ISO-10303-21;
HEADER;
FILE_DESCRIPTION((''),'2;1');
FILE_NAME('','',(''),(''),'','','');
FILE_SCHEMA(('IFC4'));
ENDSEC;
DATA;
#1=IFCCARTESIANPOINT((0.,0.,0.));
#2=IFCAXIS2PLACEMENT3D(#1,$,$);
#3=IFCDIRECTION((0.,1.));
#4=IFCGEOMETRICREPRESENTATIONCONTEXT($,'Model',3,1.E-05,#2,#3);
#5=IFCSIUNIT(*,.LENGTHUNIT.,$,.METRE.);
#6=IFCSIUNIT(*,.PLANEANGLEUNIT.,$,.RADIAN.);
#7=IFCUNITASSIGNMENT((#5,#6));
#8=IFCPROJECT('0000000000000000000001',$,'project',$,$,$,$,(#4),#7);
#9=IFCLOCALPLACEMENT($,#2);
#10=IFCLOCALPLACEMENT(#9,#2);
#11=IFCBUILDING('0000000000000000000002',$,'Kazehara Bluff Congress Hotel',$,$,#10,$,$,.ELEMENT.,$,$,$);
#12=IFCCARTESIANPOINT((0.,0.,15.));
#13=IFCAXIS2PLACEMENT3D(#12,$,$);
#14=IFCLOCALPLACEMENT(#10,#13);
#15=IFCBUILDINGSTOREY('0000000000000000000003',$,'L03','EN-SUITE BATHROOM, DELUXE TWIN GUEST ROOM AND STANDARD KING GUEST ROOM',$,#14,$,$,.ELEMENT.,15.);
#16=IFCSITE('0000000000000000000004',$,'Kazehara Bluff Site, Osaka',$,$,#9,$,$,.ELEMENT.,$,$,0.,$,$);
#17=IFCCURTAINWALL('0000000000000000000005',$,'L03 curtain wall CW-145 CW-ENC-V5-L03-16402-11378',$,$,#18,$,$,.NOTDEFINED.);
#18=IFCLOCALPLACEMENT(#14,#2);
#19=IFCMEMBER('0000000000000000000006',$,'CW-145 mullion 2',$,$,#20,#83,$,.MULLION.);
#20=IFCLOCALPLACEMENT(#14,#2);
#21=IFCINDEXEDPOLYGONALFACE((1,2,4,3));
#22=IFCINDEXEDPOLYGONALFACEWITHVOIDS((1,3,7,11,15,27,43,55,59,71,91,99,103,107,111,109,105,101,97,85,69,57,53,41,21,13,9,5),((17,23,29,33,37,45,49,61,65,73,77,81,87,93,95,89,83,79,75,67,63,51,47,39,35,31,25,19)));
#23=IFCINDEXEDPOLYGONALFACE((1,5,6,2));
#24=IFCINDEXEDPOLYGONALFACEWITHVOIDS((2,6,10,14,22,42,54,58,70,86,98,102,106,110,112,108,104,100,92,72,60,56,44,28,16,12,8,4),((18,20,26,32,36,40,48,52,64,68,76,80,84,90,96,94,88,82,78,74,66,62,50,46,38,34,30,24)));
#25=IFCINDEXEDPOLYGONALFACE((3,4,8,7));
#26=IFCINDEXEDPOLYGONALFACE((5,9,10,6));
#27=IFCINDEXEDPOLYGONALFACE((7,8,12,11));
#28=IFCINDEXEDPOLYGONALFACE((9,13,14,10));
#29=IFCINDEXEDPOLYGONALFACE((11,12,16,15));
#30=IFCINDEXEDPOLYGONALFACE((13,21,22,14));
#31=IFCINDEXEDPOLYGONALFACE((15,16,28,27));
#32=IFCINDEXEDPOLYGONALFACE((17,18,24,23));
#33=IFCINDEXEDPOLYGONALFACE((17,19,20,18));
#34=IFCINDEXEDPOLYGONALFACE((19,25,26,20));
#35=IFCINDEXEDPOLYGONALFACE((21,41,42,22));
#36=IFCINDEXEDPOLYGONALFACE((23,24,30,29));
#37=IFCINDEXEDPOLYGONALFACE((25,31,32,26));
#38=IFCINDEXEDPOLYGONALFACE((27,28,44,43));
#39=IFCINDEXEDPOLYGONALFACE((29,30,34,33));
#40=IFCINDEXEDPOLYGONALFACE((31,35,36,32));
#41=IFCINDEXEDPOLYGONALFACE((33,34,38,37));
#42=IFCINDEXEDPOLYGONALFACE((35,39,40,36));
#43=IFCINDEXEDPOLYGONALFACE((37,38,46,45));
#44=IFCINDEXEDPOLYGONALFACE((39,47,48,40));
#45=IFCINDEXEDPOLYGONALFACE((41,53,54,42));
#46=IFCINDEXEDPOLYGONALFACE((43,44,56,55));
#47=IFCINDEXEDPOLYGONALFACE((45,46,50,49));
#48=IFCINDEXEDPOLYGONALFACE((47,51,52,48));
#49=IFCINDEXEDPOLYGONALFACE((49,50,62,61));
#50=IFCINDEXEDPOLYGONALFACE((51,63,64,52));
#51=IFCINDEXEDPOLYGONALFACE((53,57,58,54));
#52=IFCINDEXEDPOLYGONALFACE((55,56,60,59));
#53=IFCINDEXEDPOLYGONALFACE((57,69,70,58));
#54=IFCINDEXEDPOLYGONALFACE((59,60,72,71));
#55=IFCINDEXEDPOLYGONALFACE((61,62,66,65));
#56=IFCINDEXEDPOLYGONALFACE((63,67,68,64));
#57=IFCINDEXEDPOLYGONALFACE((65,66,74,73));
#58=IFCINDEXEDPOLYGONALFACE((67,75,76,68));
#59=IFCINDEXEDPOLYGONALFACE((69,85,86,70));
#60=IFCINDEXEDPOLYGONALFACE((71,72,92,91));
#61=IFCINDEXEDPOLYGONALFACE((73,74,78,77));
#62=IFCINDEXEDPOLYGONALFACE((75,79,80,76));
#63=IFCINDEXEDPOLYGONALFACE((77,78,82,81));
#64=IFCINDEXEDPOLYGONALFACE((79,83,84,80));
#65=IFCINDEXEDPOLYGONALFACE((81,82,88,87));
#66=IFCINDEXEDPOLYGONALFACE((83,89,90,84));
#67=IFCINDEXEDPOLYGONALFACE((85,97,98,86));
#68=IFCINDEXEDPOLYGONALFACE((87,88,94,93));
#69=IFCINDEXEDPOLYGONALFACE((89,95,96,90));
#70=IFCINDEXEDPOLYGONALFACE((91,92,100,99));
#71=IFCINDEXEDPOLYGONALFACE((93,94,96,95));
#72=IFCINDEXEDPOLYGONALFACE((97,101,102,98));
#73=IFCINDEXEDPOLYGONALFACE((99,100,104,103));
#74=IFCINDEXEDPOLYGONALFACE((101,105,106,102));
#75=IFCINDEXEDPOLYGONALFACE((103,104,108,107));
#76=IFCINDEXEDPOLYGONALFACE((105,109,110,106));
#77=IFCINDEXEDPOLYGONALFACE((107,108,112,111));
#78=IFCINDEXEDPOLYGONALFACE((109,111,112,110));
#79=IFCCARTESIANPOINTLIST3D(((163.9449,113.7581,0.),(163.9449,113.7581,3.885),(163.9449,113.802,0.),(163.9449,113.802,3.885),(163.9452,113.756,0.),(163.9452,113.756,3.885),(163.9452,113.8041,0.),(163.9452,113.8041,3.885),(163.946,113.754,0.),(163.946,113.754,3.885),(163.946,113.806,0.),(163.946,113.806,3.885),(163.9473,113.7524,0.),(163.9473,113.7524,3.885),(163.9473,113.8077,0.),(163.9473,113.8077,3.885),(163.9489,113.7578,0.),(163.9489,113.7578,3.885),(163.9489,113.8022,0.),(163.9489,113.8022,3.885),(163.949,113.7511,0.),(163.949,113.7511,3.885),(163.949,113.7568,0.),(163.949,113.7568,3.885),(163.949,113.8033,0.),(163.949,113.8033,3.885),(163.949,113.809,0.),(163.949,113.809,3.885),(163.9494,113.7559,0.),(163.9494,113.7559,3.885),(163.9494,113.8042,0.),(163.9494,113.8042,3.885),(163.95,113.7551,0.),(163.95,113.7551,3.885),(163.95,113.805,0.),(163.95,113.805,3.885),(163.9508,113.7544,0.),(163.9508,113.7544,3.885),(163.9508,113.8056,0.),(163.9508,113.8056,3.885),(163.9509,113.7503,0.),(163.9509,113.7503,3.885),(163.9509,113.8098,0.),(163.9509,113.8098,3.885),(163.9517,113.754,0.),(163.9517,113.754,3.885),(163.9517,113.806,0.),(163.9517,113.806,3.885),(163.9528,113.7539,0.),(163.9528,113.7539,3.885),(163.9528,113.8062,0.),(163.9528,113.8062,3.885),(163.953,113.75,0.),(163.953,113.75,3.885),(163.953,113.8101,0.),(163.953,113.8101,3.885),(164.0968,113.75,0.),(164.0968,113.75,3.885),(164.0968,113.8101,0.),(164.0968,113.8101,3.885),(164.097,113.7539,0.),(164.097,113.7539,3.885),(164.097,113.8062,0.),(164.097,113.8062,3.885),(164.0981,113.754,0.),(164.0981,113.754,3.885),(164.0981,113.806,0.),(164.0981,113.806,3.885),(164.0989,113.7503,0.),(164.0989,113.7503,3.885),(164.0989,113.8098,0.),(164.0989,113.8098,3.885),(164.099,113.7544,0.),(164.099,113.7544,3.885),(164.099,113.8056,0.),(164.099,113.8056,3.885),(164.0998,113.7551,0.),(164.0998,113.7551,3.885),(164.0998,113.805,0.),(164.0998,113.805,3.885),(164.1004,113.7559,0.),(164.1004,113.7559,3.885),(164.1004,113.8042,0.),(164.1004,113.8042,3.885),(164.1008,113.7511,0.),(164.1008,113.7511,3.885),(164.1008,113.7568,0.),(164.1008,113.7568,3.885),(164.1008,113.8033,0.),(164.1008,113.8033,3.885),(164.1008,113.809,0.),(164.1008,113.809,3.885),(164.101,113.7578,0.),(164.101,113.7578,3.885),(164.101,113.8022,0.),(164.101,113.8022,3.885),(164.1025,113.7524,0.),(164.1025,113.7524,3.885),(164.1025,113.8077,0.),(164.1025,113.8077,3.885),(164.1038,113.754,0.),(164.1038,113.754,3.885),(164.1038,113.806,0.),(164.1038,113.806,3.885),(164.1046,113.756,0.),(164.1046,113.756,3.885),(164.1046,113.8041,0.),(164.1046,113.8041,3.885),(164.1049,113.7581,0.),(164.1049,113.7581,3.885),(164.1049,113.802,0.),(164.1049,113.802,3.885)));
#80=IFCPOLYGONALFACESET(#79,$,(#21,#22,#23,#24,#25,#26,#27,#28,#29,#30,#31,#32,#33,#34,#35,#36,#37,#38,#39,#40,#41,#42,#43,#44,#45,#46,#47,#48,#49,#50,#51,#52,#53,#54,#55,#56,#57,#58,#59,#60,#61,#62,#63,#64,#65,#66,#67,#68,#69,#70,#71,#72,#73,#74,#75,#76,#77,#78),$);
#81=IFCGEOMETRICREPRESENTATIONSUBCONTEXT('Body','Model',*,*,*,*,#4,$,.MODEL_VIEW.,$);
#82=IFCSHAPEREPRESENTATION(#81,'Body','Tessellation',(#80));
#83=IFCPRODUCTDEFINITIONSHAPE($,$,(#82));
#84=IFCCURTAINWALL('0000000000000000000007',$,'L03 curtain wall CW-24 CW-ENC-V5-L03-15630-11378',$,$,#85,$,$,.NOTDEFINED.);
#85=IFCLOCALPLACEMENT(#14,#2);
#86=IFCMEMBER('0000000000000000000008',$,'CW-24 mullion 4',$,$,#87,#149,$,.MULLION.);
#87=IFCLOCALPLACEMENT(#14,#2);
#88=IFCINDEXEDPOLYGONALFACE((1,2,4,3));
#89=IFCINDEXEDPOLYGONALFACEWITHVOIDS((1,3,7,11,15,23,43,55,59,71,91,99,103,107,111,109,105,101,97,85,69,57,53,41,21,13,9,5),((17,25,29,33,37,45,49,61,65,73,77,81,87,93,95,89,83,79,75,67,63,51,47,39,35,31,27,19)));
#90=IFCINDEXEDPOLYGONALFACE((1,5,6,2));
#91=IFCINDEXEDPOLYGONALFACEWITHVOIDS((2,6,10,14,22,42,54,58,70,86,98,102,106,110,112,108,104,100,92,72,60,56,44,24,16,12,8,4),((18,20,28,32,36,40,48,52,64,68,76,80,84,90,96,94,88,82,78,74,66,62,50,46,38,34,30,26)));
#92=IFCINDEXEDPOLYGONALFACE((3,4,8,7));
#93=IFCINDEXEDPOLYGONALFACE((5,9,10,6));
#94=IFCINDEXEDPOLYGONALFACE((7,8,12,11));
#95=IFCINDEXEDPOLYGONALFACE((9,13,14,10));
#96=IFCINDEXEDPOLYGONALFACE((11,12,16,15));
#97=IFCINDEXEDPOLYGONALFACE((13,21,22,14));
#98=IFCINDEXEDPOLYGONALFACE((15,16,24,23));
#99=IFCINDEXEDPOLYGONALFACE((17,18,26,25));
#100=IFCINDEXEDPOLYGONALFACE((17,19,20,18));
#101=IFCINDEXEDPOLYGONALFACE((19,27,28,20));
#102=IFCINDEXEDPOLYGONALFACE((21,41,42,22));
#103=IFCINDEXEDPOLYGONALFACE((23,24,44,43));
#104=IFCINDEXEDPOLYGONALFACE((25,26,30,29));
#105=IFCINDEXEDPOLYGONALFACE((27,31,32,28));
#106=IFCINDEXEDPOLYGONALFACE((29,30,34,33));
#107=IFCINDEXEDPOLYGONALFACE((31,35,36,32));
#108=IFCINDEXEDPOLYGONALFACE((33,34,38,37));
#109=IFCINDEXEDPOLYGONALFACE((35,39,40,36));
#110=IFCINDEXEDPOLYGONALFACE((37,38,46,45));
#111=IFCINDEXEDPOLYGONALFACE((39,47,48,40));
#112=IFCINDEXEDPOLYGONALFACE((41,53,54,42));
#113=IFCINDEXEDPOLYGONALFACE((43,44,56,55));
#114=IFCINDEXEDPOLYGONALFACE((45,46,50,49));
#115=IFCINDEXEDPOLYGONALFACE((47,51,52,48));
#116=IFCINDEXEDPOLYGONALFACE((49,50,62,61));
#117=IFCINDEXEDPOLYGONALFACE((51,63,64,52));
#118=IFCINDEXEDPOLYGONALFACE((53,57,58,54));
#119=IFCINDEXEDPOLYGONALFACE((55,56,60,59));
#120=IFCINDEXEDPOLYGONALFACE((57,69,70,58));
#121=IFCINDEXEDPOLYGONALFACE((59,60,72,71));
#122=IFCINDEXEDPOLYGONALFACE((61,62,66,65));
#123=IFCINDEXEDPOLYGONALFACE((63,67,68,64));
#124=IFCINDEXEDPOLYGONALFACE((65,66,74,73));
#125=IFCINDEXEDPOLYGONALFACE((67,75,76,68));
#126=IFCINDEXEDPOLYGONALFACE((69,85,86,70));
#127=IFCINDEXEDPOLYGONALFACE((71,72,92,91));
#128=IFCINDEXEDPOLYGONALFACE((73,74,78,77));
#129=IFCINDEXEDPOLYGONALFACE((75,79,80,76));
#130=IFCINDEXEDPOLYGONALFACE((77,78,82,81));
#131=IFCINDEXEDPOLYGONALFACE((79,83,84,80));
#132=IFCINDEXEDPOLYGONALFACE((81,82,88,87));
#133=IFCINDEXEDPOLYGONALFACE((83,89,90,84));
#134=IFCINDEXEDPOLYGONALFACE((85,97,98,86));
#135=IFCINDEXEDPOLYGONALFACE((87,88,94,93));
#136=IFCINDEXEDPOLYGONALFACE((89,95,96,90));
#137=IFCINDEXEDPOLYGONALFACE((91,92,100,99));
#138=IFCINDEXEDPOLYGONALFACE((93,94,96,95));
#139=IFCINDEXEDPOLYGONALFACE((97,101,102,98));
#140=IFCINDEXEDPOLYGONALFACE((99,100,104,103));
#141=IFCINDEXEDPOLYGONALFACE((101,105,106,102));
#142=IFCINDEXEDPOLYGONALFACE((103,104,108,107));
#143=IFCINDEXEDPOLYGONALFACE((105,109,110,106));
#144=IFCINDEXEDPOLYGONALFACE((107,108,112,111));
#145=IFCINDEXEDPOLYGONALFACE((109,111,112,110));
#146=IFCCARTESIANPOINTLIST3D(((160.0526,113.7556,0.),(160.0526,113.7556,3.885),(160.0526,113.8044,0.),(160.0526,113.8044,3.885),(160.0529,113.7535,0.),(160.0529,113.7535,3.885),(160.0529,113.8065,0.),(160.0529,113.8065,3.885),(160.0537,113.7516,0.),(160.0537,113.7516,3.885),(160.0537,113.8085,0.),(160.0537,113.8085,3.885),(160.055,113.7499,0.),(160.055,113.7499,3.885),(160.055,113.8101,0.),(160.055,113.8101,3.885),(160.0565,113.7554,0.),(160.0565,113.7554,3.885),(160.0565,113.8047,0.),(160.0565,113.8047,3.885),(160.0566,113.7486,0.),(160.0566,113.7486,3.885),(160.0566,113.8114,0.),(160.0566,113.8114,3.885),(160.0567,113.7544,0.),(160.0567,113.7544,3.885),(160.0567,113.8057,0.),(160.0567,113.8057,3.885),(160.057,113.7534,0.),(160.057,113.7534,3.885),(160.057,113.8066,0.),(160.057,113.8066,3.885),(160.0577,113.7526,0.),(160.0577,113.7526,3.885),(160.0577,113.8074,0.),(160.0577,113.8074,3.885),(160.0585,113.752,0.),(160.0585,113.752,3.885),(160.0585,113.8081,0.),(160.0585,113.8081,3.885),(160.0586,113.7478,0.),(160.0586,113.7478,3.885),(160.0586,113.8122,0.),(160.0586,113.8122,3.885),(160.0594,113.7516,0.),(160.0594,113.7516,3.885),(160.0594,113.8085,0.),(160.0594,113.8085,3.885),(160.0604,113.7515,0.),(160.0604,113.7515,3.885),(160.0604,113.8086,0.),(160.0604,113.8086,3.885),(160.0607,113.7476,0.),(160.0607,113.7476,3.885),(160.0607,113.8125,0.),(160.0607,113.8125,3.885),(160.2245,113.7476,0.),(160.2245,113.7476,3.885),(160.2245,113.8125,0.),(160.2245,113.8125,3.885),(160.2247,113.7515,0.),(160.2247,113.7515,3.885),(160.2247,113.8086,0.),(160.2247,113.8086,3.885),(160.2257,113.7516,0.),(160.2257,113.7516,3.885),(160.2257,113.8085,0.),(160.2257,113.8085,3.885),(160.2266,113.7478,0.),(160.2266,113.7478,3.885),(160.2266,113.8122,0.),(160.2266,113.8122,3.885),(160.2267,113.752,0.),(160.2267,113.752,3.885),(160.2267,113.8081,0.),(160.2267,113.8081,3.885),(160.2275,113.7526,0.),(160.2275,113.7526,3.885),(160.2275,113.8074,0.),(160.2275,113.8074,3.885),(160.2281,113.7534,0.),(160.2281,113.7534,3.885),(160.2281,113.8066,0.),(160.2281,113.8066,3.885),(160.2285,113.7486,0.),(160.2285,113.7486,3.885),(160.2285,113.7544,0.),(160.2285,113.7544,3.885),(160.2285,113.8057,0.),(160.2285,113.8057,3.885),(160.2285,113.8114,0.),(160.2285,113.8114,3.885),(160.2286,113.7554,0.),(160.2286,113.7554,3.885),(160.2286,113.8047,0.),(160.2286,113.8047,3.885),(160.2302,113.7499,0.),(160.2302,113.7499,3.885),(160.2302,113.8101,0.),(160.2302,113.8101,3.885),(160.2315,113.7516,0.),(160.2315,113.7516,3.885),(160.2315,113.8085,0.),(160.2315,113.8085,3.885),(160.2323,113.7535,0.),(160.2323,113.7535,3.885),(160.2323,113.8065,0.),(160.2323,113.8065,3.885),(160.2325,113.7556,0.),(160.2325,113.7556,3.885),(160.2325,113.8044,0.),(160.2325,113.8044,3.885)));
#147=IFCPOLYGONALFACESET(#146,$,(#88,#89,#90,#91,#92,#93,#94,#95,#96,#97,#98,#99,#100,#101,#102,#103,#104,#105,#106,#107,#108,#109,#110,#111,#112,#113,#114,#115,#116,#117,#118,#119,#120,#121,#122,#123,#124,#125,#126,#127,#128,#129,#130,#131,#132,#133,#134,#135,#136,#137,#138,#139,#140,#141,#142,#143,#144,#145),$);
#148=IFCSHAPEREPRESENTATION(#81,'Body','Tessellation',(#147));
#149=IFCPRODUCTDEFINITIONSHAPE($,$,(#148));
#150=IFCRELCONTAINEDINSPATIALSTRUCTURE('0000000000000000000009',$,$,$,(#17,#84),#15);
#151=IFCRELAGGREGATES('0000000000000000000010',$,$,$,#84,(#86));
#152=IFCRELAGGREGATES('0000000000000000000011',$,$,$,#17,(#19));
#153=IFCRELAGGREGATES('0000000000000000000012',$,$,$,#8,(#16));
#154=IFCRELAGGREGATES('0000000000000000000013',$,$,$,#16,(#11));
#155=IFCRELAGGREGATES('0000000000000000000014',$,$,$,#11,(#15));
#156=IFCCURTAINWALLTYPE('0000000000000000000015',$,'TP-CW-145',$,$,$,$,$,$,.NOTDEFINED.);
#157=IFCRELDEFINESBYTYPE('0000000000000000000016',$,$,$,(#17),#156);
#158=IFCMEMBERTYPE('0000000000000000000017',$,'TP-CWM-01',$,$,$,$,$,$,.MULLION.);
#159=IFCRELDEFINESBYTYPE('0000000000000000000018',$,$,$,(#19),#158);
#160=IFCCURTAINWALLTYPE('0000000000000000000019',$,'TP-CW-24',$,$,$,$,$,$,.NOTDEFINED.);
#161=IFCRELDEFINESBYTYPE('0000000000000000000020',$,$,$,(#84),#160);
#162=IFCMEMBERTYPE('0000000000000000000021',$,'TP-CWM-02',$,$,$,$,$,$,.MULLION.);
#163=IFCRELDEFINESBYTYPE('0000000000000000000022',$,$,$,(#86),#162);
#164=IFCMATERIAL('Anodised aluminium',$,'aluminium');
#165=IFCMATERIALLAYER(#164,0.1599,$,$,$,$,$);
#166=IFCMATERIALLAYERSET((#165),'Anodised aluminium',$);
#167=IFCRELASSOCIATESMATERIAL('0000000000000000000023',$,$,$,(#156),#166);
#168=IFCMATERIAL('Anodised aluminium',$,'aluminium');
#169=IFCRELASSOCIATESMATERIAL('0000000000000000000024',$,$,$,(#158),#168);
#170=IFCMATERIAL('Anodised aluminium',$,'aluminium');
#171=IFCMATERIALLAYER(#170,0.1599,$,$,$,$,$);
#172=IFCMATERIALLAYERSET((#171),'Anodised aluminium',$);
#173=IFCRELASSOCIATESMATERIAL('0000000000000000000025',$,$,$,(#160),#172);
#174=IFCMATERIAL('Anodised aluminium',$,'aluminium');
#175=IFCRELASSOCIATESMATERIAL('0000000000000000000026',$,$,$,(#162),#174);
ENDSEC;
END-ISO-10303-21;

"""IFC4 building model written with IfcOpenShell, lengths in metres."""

from ifc_helpers import new_model, si_unit, direction, frame, origin, origin_2d, place, context, subcontext, project, spatial, hollow_rectangle, extrude, material, layer, layer_set, material_profile, profile_set, type_object, element, aggregate, save


model = new_model("IFC4")

# Units and contexts
model_context = context("Model", 3, precision=1e-05, world=origin(), true_north=direction((0.0, 1.0)))
body_context = subcontext(model_context, "Body", "Model", "MODEL_VIEW")
ifc_project = project(units=[si_unit("LENGTHUNIT", "METRE"), si_unit("PLANEANGLEUNIT", "RADIAN")], contexts=[model_context])

# Site, building, storey
site_placement = place(None, origin())
site = spatial("IfcSite", under=ifc_project, at=site_placement, Name="Kazehara Bluff Site, Osaka", CompositionType="ELEMENT", RefElevation=0.0)
building_placement = place(site_placement, origin())
building = spatial("IfcBuilding", under=site, at=building_placement, Name="Kazehara Bluff Congress Hotel", CompositionType="ELEMENT")
storey_placement = place(building_placement, frame((0.0, 0.0, 15.0)))
storey = spatial("IfcBuildingStorey", under=building, at=storey_placement, Name="L03", Description="EN-SUITE BATHROOM, DELUXE TWIN GUEST ROOM AND STANDARD KING GUEST ROOM", CompositionType="ELEMENT", Elevation=15.0)

# Curtain wall, member
ifc_material_1 = material(Name="Anodised aluminium", Category="aluminium")
ifc_layer_1 = layer(ifc_material_1, 0.1599)
ifc_layer_set_1 = layer_set([ifc_layer_1], Name="Anodised aluminium")
curtain_wall_type_1 = type_object("IfcCurtainWallType", Name="TP-CW-145", PredefinedType="NOTDEFINED", material=ifc_layer_set_1)
curtain_wall_1_placement = place(storey_placement, origin())
curtain_wall_1 = element("IfcCurtainWall", 1, at=curtain_wall_1_placement, inside=storey, type_object=curtain_wall_type_1, Name="L03 curtain wall CW-145 CW-ENC-V5-L03-16402-11378", PredefinedType="NOTDEFINED")
ifc_material_2 = material(Name="Anodised aluminium", Category="aluminium")
ifc_material_profile_1 = material_profile(ifc_material_2, hollow_rectangle(XDim=0.0601, YDim=0.1599, WallThickness=0.0039, InnerFilletRadius=0.0039, OuterFilletRadius=0.0081, at=origin_2d()))
ifc_profile_set_1 = profile_set([ifc_material_profile_1], Name="Anodised aluminium")
member_type_1 = type_object("IfcMemberType", Name="TP-CWM-01", PredefinedType="MULLION", material=ifc_profile_set_1)
member_1_placement = place(storey_placement, frame((164.0249, 113.78, 0.0), z_axis=(0.0, 0.0, 1.0), x_axis=(0.0, 1.0, 0.0)))
member_1 = element("IfcMember", 2, at=member_1_placement, type_object=member_type_1, Name="CW-145 mullion 2", PredefinedType="MULLION", context=body_context, shape_type="SweptSolid", body=[
    extrude(hollow_rectangle(XDim=0.0601, YDim=0.1599, WallThickness=0.0039, InnerFilletRadius=0.0039, OuterFilletRadius=0.0081, at=origin_2d()), origin(), (0.0, 0.0, 1.0), 3.885),
])

# Curtain wall, member
ifc_material_3 = material(Name="Anodised aluminium", Category="aluminium")
ifc_layer_2 = layer(ifc_material_3, 0.1599)
ifc_layer_set_2 = layer_set([ifc_layer_2], Name="Anodised aluminium")
curtain_wall_type_2 = type_object("IfcCurtainWallType", Name="TP-CW-24", PredefinedType="NOTDEFINED", material=ifc_layer_set_2)
curtain_wall_2_placement = place(storey_placement, origin())
curtain_wall_2 = element("IfcCurtainWall", 3, at=curtain_wall_2_placement, inside=storey, type_object=curtain_wall_type_2, Name="L03 curtain wall CW-24 CW-ENC-V5-L03-15630-11378", PredefinedType="NOTDEFINED")
ifc_material_4 = material(Name="Anodised aluminium", Category="aluminium")
ifc_material_profile_2 = material_profile(ifc_material_4, hollow_rectangle(XDim=0.0649, YDim=0.1799, WallThickness=0.0039, InnerFilletRadius=0.0039, OuterFilletRadius=0.0081, at=origin_2d()))
ifc_profile_set_2 = profile_set([ifc_material_profile_2], Name="Anodised aluminium")
member_type_2 = type_object("IfcMemberType", Name="TP-CWM-02", PredefinedType="MULLION", material=ifc_profile_set_2)
member_2_placement = place(storey_placement, frame((160.1426, 113.78, 0.0), z_axis=(0.0, 0.0, 1.0), x_axis=(0.0, 1.0, 0.0)))
member_2 = element("IfcMember", 4, at=member_2_placement, type_object=member_type_2, Name="CW-24 mullion 4", PredefinedType="MULLION", context=body_context, shape_type="SweptSolid", body=[
    extrude(hollow_rectangle(XDim=0.0649, YDim=0.1799, WallThickness=0.0039, InnerFilletRadius=0.0039, OuterFilletRadius=0.0081, at=origin_2d()), origin(), (0.0, 0.0, 1.0), 3.885),
])

aggregate(curtain_wall_2, [member_2])
aggregate(curtain_wall_1, [member_1])

save(model, "model.ifc")
